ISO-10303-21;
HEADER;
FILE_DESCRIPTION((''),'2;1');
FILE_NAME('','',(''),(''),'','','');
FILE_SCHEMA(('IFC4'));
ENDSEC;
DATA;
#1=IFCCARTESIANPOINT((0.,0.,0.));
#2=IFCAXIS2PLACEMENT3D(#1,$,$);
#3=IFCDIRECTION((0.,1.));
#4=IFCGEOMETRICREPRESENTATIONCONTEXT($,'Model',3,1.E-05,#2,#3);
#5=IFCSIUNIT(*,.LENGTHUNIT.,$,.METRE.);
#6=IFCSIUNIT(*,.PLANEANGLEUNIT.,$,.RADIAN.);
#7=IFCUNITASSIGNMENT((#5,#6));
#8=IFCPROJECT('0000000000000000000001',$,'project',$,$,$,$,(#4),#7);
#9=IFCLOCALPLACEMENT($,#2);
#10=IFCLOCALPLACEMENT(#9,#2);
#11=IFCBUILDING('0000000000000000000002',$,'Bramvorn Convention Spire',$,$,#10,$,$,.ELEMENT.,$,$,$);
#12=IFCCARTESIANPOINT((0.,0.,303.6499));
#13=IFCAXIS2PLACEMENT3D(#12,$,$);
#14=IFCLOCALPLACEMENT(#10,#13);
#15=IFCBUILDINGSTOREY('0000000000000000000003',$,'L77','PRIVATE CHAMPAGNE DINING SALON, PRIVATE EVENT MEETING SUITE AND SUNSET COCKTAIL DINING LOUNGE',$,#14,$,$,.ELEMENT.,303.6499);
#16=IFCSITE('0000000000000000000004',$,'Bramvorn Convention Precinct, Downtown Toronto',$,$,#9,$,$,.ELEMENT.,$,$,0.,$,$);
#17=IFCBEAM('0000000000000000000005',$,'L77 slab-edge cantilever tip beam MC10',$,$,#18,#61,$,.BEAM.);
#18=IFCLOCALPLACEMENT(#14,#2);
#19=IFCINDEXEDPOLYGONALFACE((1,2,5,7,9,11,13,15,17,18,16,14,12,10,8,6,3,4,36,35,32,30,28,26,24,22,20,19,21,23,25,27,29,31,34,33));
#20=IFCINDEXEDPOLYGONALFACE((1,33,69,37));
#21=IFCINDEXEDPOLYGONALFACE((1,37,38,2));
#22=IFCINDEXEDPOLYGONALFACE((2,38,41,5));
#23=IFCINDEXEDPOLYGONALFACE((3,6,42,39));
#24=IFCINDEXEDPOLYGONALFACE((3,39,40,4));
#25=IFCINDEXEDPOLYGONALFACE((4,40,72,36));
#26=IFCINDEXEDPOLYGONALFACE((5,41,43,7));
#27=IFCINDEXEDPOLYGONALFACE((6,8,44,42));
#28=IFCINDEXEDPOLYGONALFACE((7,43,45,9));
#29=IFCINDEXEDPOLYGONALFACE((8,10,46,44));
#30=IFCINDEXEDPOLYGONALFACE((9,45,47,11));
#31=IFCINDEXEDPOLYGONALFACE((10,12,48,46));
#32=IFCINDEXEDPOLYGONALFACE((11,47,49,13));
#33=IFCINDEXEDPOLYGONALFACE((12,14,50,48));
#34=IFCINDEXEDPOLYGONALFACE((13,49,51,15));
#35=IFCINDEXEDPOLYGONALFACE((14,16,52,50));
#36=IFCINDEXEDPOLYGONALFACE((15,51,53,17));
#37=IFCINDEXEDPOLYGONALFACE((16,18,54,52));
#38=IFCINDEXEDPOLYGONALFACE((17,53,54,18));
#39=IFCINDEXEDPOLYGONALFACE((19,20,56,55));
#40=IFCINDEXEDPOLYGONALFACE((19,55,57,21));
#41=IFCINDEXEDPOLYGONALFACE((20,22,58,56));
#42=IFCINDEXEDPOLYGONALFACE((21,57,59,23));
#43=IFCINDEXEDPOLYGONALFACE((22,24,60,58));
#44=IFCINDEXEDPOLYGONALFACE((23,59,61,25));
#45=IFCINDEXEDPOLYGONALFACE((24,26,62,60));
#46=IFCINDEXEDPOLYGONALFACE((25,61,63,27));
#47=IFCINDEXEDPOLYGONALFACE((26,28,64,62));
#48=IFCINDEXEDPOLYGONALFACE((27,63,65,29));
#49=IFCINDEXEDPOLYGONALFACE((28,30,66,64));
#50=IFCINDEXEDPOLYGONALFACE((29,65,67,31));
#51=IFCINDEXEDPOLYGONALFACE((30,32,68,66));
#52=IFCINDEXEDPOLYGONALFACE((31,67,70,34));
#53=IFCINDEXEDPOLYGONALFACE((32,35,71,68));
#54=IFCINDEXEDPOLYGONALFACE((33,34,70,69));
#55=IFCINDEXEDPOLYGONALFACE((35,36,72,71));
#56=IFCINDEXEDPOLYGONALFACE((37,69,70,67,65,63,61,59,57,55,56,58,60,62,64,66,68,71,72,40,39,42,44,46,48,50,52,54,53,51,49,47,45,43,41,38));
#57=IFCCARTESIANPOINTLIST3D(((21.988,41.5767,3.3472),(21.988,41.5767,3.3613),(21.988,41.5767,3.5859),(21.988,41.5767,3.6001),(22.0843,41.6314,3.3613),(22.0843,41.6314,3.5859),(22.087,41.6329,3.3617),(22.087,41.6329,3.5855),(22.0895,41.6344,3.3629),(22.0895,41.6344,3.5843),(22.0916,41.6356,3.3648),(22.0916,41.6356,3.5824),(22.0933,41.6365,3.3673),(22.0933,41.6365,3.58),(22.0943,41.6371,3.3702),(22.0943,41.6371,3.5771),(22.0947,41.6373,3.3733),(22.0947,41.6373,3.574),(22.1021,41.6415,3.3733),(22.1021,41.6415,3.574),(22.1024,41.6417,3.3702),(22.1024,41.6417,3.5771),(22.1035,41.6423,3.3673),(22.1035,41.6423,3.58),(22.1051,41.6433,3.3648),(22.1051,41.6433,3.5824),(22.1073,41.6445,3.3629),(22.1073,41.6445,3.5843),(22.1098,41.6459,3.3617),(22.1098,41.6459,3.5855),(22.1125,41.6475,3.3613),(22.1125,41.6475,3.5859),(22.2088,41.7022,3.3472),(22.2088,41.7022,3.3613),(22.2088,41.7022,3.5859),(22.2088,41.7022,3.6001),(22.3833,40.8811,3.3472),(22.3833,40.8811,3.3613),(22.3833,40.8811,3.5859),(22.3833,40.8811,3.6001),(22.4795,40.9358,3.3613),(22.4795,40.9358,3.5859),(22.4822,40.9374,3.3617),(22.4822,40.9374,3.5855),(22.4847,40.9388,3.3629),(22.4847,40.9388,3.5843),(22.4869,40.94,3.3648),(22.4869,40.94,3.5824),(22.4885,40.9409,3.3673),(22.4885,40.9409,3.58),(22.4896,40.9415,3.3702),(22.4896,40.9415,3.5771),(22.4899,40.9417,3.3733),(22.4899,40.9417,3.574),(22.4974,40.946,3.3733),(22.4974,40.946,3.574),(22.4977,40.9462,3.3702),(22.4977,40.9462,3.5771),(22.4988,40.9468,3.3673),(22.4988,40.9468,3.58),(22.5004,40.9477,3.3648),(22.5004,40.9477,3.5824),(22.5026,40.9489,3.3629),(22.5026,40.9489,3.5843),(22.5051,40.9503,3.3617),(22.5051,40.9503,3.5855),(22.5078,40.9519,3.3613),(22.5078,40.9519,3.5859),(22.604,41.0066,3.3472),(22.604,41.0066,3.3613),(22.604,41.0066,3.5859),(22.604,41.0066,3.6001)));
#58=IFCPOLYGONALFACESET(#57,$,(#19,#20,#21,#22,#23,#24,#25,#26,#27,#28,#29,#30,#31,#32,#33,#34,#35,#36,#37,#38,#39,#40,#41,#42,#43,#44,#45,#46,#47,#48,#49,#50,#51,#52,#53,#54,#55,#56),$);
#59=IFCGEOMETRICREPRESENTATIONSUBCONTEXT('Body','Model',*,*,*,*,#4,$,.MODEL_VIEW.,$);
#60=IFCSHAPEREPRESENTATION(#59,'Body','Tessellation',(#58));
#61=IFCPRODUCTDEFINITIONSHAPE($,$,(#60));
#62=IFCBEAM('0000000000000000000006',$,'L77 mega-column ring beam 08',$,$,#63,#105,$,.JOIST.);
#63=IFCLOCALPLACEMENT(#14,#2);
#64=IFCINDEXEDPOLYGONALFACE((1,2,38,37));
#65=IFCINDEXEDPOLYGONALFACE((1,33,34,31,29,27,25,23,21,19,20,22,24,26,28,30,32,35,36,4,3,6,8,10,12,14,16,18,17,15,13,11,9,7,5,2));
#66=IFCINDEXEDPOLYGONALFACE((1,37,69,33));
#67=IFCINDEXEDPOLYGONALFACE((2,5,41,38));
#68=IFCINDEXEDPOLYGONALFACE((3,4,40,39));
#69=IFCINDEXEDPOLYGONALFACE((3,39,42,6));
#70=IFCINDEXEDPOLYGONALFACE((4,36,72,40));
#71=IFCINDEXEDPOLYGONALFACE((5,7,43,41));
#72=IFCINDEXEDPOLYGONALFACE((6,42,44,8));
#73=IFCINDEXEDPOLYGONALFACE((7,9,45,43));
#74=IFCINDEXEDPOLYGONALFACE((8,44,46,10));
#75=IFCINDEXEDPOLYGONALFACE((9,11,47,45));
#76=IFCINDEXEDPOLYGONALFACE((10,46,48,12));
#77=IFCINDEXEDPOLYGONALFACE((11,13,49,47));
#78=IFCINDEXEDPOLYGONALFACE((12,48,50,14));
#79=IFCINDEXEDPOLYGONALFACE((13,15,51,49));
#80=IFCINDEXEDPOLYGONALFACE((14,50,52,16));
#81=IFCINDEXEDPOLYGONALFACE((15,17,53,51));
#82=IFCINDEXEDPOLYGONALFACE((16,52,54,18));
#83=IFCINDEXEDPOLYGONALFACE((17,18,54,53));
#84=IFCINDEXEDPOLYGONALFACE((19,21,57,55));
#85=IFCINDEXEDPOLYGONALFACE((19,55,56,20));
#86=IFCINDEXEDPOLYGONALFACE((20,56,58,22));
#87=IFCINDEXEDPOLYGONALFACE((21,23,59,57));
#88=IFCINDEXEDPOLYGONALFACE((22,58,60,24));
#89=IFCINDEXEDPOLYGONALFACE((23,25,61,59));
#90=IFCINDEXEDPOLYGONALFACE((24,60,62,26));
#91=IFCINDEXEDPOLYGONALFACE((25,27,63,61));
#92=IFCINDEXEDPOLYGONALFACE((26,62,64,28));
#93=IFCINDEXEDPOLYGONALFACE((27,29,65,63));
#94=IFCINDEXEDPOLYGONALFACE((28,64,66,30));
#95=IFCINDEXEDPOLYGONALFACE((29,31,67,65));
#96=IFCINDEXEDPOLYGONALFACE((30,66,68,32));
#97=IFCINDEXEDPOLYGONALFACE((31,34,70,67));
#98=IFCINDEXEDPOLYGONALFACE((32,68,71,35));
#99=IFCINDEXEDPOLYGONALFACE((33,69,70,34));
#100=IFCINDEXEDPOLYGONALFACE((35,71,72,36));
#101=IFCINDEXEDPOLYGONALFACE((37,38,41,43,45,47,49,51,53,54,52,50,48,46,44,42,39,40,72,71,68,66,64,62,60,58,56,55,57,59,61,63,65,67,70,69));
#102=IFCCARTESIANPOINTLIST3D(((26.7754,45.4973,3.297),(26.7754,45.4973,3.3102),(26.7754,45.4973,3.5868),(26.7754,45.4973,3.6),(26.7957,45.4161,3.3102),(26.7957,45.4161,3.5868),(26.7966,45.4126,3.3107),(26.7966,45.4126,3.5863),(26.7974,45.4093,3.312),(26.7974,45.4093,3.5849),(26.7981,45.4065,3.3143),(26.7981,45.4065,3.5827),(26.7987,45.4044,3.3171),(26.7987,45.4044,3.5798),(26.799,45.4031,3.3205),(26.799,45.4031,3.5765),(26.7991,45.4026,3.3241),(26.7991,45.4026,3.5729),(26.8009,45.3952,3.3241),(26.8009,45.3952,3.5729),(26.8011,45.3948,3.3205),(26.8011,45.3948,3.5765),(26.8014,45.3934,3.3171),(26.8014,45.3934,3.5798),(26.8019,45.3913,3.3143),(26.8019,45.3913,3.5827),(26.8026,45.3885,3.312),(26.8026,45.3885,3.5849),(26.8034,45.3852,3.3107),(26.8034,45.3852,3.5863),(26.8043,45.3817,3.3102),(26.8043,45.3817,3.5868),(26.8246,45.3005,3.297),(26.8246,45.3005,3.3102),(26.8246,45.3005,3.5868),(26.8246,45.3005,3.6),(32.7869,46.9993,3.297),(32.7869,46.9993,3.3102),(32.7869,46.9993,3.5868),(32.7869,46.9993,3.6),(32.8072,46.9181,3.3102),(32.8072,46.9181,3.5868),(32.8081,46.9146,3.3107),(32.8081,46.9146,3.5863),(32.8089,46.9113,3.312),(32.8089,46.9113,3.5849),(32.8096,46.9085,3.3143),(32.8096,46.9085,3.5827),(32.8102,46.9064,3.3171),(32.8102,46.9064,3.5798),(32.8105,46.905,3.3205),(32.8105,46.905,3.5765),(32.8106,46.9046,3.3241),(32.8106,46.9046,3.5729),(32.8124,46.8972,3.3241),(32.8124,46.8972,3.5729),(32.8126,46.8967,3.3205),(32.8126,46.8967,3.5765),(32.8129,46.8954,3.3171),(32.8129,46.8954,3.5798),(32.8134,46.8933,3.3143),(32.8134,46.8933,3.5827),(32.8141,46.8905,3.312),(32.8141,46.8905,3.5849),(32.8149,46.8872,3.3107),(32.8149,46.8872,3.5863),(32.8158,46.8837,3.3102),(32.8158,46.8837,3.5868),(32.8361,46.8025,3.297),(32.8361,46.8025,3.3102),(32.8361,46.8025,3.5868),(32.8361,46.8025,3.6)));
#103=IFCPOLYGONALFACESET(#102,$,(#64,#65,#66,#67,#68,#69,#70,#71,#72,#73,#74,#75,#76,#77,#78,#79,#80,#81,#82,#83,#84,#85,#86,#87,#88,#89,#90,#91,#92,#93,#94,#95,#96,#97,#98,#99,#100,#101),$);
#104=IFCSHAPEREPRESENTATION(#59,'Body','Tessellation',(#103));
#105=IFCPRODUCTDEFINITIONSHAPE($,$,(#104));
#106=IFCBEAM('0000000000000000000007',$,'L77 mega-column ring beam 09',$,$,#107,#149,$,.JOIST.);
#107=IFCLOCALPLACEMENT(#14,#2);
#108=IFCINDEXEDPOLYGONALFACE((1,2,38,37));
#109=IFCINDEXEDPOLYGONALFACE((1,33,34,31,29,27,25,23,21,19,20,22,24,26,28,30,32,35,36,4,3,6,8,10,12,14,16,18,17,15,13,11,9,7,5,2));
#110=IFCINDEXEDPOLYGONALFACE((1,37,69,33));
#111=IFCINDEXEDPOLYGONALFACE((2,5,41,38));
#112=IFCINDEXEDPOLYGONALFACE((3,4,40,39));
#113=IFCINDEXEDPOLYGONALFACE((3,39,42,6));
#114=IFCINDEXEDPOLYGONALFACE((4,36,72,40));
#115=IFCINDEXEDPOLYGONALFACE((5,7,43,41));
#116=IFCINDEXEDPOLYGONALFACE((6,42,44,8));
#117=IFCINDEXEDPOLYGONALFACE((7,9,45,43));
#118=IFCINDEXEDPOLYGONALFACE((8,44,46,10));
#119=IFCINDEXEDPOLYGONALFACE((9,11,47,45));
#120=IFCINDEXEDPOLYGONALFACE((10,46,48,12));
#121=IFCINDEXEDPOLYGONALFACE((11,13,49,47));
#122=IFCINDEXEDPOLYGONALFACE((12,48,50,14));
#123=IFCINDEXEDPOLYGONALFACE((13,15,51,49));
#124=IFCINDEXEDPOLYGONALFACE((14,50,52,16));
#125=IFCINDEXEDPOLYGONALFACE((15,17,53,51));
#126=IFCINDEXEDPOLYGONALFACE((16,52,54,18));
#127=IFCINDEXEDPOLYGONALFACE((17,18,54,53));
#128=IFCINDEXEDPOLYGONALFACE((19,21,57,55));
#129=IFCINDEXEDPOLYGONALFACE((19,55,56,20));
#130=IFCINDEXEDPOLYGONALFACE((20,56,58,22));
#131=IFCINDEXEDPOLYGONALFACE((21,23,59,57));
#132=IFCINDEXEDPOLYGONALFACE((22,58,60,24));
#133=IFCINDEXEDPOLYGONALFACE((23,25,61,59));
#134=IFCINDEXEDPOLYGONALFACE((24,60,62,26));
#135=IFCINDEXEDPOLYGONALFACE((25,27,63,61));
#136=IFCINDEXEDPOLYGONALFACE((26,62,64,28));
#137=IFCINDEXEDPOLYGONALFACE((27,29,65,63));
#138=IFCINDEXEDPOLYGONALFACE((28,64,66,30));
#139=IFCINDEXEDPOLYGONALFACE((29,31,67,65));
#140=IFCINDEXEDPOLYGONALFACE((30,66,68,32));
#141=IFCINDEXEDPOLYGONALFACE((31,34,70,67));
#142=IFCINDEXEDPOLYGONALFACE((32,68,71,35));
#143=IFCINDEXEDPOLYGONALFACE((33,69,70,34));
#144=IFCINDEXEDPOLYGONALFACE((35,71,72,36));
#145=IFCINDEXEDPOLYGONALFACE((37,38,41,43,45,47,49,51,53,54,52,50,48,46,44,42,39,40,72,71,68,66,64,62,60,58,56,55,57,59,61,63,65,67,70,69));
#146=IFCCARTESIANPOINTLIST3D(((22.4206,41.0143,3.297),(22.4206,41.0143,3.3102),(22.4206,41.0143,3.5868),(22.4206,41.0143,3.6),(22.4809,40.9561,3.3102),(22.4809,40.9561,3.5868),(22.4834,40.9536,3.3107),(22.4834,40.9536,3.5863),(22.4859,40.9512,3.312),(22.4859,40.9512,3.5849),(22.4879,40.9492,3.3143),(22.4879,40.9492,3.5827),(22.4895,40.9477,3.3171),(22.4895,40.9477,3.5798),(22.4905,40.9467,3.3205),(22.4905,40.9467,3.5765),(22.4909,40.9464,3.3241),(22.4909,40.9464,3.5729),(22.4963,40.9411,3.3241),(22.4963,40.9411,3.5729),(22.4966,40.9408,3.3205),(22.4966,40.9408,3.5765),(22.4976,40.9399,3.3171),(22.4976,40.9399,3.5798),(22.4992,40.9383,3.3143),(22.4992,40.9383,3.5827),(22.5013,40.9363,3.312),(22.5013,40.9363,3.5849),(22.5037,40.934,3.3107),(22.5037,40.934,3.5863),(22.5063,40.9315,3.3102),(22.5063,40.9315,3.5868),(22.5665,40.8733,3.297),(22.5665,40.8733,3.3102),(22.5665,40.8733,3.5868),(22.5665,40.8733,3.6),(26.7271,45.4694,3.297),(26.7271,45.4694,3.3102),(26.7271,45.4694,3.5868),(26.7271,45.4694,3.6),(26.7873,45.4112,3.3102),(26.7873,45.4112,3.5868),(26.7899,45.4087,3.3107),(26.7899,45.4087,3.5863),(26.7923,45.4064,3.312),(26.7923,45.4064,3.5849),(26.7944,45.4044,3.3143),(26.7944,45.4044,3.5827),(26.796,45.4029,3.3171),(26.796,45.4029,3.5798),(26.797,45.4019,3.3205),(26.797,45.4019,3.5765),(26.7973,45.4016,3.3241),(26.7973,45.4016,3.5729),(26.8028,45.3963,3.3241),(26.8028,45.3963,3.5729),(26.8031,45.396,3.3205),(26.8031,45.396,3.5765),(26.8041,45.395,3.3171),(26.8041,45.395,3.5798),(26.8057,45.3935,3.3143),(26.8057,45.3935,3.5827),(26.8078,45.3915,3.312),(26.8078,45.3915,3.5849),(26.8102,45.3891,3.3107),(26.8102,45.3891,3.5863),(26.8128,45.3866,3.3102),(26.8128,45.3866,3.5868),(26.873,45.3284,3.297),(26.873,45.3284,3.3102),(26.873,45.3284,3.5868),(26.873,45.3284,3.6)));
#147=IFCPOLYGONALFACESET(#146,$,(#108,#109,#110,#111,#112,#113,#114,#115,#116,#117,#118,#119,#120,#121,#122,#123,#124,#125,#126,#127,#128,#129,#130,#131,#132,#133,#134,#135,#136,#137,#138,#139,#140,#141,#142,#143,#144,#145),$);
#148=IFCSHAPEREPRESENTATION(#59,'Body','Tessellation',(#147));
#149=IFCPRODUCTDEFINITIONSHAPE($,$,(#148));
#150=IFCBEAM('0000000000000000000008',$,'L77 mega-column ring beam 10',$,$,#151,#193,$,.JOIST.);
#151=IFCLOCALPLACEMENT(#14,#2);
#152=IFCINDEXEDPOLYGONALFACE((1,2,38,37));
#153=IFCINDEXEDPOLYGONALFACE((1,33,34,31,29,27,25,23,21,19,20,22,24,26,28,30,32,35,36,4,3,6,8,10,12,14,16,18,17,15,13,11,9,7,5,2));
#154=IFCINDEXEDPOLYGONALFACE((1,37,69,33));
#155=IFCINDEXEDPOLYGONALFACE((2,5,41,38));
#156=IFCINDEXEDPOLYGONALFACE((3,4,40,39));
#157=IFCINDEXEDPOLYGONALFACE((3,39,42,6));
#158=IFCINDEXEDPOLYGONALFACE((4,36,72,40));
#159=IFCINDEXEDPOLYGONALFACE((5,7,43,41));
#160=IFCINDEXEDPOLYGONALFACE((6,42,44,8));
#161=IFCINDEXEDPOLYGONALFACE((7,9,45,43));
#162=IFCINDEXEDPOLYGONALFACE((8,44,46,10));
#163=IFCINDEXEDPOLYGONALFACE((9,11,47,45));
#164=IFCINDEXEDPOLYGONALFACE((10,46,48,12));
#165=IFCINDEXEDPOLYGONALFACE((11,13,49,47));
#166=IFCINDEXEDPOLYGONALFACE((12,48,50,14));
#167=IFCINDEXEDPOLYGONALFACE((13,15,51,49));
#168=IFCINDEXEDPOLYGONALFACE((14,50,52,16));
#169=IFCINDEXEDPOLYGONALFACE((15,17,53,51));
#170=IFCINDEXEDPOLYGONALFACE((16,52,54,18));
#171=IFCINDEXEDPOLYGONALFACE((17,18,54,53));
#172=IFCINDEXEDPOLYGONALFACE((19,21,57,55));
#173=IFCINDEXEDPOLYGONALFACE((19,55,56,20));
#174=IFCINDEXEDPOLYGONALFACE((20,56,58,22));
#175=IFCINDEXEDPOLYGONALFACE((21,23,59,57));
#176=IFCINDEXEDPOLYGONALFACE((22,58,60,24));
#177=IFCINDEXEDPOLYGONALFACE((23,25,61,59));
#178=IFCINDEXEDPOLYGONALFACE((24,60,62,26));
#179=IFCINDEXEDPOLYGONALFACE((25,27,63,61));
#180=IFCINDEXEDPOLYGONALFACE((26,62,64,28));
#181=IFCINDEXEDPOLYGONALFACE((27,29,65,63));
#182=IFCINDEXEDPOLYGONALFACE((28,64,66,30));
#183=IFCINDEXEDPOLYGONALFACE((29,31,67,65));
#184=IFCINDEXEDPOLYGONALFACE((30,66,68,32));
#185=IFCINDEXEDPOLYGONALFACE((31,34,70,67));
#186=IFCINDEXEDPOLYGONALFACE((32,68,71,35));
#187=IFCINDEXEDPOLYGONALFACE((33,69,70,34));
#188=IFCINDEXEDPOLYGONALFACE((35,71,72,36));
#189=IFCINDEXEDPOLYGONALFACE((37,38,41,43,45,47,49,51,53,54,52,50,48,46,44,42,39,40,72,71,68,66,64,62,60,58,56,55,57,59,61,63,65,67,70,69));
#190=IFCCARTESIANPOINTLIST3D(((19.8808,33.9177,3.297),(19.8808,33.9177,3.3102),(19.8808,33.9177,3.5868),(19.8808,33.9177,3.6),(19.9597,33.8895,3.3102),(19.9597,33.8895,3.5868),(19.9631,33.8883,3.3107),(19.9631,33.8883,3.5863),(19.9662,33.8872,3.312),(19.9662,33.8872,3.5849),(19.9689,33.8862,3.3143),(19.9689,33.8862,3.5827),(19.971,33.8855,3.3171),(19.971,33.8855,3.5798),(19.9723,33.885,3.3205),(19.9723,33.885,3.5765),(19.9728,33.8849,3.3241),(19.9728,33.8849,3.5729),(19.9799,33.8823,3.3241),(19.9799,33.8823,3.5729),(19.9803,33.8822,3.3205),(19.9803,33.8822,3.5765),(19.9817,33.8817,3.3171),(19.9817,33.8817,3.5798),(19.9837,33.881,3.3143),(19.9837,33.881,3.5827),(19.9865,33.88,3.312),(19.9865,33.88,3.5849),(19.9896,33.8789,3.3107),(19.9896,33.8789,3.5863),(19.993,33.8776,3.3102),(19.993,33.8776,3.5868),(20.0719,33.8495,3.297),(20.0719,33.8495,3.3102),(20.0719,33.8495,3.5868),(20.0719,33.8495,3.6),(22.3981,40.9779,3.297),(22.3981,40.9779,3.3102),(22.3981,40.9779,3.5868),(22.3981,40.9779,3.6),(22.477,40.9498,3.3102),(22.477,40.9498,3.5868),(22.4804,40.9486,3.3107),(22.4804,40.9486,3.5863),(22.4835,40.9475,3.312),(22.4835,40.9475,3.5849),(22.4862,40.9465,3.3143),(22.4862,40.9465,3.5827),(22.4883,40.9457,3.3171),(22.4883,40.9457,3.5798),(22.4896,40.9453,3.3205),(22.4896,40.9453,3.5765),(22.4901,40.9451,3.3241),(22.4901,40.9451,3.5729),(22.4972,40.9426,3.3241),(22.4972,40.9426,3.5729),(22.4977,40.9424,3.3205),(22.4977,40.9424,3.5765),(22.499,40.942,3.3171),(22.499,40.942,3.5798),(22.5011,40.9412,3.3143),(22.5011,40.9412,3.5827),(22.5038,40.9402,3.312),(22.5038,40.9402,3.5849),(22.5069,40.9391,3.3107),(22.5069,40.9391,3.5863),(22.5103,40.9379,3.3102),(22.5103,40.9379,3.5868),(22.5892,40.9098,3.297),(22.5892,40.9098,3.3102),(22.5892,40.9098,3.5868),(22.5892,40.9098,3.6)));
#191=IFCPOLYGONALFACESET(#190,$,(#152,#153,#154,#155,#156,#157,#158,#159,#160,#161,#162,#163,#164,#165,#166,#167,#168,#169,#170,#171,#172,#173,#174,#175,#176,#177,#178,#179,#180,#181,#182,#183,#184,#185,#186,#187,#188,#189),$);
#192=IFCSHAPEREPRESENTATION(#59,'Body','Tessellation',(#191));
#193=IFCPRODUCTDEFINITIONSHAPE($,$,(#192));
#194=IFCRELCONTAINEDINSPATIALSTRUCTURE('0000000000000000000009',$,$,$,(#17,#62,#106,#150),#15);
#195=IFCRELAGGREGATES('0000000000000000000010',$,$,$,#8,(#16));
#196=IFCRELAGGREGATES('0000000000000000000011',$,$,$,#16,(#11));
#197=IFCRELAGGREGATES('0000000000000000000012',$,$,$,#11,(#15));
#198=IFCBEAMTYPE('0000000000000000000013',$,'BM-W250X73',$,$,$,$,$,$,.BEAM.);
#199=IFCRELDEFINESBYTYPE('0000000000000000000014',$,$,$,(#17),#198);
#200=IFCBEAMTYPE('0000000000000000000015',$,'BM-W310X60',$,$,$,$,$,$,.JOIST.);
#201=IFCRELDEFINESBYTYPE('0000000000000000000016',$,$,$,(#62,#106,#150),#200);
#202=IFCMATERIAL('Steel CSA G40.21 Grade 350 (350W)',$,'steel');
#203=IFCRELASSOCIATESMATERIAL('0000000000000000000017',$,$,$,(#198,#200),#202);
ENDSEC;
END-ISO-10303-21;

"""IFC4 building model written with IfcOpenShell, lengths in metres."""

from ifc_helpers import new_model, si_unit, direction, frame, origin, origin_2d, place, context, subcontext, project, spatial, i_section, extrude, material, material_profile, profile_set, type_object, element, save


model = new_model("IFC4")

# Units and contexts
model_context = context("Model", 3, precision=1e-05, world=origin(), true_north=direction((0.0, 1.0)))
body_context = subcontext(model_context, "Body", "Model", "MODEL_VIEW")
ifc_project = project(units=[si_unit("LENGTHUNIT", "METRE"), si_unit("PLANEANGLEUNIT", "RADIAN")], contexts=[model_context])

# Site, building, storey
site_placement = place(None, origin())
site = spatial("IfcSite", under=ifc_project, at=site_placement, Name="Bramvorn Convention Precinct, Downtown Toronto", CompositionType="ELEMENT", RefElevation=0.0)
building_placement = place(site_placement, origin())
building = spatial("IfcBuilding", under=site, at=building_placement, Name="Bramvorn Convention Spire", CompositionType="ELEMENT")
storey_placement = place(building_placement, frame((0.0, 0.0, 303.6499)))
storey = spatial("IfcBuildingStorey", under=building, at=storey_placement, Name="L77", Description="PRIVATE CHAMPAGNE DINING SALON, PRIVATE EVENT MEETING SUITE AND SUNSET COCKTAIL DINING LOUNGE", CompositionType="ELEMENT", Elevation=303.6499)

# Shared definitions
ifc_material_1 = material(Name="Steel CSA G40.21 Grade 350 (350W)", Category="steel")

# Beams
ifc_material_profile_1 = material_profile(ifc_material_1, i_section(OverallWidth=0.2539, OverallDepth=0.2529, WebThickness=0.0085, FlangeThickness=0.0142, FilletRadius=0.012, at=origin_2d()))
ifc_profile_set_1 = profile_set([ifc_material_profile_1], Name="Steel CSA G40.21 Grade 350 (350W) - W250X73")
beam_type_1 = type_object("IfcBeamType", Name="BM-W250X73", PredefinedType="BEAM", material=ifc_profile_set_1)
beam_1_placement = place(storey_placement, frame((22.4937, 40.9438, 3.4736), z_axis=(-0.494067, 0.869424, 0.0), x_axis=(-0.869424, -0.494067, 0.0)))
element("IfcBeam", 1, at=beam_1_placement, inside=storey, type_object=beam_type_1, Name="L77 slab-edge cantilever tip beam MC10", PredefinedType="BEAM", context=body_context, shape_type="SweptSolid", body=[
    extrude(i_section(OverallWidth=0.2539, OverallDepth=0.2529, WebThickness=0.0085, FlangeThickness=0.0142, FilletRadius=0.012, at=origin_2d()), origin(), (0.0, 0.0, 1.0), 0.8),
])
ifc_material_profile_2 = material_profile(ifc_material_1, i_section(OverallWidth=0.2029, OverallDepth=0.303, WebThickness=0.0076, FlangeThickness=0.0132, FilletRadius=0.0139, at=origin_2d()))
ifc_profile_set_2 = profile_set([ifc_material_profile_2], Name="Steel CSA G40.21 Grade 350 (350W) - W310X60")
beam_type_2 = type_object("IfcBeamType", Name="BM-W310X60", PredefinedType="JOIST", material=ifc_profile_set_2)
for number, where, z_axis, x_axis, name in (
    (2, (32.8115, 46.9009, 3.4485), (-0.970177, -0.242397, 0.0), (0.242397, -0.970177, 0.0), "L77 mega-column ring beam 08"),
    (3, (26.8, 45.3989, 3.4485), (-0.695007, -0.719003, 0.0), (0.719003, -0.695007, 0.0), "L77 mega-column ring beam 09"),
):
    element("IfcBeam", number, at=place(storey_placement, frame(where, z_axis=z_axis, x_axis=x_axis)), inside=storey, type_object=beam_type_2, Name=name, PredefinedType="JOIST", context=body_context, shape_type="SweptSolid", body=[
        extrude(i_section(OverallWidth=0.2029, OverallDepth=0.303, WebThickness=0.0076, FlangeThickness=0.0132, FilletRadius=0.0139, at=origin_2d()), origin(), (0.0, 0.0, 1.0), 6.1963),
    ])
beam_2_placement = place(storey_placement, frame((22.4937, 40.9438, 3.4485), z_axis=(-0.335839, -0.941919, 0.0), x_axis=(0.941919, -0.335839, 0.0)))
element("IfcBeam", 4, at=beam_2_placement, inside=storey, type_object=beam_type_2, Name="L77 mega-column ring beam 10", PredefinedType="JOIST", context=body_context, shape_type="SweptSolid", body=[
    extrude(i_section(OverallWidth=0.2029, OverallDepth=0.303, WebThickness=0.0076, FlangeThickness=0.0132, FilletRadius=0.0139, at=origin_2d()), origin(), (0.0, 0.0, 1.0), 7.4956),
])

save(model, "model.ifc")
